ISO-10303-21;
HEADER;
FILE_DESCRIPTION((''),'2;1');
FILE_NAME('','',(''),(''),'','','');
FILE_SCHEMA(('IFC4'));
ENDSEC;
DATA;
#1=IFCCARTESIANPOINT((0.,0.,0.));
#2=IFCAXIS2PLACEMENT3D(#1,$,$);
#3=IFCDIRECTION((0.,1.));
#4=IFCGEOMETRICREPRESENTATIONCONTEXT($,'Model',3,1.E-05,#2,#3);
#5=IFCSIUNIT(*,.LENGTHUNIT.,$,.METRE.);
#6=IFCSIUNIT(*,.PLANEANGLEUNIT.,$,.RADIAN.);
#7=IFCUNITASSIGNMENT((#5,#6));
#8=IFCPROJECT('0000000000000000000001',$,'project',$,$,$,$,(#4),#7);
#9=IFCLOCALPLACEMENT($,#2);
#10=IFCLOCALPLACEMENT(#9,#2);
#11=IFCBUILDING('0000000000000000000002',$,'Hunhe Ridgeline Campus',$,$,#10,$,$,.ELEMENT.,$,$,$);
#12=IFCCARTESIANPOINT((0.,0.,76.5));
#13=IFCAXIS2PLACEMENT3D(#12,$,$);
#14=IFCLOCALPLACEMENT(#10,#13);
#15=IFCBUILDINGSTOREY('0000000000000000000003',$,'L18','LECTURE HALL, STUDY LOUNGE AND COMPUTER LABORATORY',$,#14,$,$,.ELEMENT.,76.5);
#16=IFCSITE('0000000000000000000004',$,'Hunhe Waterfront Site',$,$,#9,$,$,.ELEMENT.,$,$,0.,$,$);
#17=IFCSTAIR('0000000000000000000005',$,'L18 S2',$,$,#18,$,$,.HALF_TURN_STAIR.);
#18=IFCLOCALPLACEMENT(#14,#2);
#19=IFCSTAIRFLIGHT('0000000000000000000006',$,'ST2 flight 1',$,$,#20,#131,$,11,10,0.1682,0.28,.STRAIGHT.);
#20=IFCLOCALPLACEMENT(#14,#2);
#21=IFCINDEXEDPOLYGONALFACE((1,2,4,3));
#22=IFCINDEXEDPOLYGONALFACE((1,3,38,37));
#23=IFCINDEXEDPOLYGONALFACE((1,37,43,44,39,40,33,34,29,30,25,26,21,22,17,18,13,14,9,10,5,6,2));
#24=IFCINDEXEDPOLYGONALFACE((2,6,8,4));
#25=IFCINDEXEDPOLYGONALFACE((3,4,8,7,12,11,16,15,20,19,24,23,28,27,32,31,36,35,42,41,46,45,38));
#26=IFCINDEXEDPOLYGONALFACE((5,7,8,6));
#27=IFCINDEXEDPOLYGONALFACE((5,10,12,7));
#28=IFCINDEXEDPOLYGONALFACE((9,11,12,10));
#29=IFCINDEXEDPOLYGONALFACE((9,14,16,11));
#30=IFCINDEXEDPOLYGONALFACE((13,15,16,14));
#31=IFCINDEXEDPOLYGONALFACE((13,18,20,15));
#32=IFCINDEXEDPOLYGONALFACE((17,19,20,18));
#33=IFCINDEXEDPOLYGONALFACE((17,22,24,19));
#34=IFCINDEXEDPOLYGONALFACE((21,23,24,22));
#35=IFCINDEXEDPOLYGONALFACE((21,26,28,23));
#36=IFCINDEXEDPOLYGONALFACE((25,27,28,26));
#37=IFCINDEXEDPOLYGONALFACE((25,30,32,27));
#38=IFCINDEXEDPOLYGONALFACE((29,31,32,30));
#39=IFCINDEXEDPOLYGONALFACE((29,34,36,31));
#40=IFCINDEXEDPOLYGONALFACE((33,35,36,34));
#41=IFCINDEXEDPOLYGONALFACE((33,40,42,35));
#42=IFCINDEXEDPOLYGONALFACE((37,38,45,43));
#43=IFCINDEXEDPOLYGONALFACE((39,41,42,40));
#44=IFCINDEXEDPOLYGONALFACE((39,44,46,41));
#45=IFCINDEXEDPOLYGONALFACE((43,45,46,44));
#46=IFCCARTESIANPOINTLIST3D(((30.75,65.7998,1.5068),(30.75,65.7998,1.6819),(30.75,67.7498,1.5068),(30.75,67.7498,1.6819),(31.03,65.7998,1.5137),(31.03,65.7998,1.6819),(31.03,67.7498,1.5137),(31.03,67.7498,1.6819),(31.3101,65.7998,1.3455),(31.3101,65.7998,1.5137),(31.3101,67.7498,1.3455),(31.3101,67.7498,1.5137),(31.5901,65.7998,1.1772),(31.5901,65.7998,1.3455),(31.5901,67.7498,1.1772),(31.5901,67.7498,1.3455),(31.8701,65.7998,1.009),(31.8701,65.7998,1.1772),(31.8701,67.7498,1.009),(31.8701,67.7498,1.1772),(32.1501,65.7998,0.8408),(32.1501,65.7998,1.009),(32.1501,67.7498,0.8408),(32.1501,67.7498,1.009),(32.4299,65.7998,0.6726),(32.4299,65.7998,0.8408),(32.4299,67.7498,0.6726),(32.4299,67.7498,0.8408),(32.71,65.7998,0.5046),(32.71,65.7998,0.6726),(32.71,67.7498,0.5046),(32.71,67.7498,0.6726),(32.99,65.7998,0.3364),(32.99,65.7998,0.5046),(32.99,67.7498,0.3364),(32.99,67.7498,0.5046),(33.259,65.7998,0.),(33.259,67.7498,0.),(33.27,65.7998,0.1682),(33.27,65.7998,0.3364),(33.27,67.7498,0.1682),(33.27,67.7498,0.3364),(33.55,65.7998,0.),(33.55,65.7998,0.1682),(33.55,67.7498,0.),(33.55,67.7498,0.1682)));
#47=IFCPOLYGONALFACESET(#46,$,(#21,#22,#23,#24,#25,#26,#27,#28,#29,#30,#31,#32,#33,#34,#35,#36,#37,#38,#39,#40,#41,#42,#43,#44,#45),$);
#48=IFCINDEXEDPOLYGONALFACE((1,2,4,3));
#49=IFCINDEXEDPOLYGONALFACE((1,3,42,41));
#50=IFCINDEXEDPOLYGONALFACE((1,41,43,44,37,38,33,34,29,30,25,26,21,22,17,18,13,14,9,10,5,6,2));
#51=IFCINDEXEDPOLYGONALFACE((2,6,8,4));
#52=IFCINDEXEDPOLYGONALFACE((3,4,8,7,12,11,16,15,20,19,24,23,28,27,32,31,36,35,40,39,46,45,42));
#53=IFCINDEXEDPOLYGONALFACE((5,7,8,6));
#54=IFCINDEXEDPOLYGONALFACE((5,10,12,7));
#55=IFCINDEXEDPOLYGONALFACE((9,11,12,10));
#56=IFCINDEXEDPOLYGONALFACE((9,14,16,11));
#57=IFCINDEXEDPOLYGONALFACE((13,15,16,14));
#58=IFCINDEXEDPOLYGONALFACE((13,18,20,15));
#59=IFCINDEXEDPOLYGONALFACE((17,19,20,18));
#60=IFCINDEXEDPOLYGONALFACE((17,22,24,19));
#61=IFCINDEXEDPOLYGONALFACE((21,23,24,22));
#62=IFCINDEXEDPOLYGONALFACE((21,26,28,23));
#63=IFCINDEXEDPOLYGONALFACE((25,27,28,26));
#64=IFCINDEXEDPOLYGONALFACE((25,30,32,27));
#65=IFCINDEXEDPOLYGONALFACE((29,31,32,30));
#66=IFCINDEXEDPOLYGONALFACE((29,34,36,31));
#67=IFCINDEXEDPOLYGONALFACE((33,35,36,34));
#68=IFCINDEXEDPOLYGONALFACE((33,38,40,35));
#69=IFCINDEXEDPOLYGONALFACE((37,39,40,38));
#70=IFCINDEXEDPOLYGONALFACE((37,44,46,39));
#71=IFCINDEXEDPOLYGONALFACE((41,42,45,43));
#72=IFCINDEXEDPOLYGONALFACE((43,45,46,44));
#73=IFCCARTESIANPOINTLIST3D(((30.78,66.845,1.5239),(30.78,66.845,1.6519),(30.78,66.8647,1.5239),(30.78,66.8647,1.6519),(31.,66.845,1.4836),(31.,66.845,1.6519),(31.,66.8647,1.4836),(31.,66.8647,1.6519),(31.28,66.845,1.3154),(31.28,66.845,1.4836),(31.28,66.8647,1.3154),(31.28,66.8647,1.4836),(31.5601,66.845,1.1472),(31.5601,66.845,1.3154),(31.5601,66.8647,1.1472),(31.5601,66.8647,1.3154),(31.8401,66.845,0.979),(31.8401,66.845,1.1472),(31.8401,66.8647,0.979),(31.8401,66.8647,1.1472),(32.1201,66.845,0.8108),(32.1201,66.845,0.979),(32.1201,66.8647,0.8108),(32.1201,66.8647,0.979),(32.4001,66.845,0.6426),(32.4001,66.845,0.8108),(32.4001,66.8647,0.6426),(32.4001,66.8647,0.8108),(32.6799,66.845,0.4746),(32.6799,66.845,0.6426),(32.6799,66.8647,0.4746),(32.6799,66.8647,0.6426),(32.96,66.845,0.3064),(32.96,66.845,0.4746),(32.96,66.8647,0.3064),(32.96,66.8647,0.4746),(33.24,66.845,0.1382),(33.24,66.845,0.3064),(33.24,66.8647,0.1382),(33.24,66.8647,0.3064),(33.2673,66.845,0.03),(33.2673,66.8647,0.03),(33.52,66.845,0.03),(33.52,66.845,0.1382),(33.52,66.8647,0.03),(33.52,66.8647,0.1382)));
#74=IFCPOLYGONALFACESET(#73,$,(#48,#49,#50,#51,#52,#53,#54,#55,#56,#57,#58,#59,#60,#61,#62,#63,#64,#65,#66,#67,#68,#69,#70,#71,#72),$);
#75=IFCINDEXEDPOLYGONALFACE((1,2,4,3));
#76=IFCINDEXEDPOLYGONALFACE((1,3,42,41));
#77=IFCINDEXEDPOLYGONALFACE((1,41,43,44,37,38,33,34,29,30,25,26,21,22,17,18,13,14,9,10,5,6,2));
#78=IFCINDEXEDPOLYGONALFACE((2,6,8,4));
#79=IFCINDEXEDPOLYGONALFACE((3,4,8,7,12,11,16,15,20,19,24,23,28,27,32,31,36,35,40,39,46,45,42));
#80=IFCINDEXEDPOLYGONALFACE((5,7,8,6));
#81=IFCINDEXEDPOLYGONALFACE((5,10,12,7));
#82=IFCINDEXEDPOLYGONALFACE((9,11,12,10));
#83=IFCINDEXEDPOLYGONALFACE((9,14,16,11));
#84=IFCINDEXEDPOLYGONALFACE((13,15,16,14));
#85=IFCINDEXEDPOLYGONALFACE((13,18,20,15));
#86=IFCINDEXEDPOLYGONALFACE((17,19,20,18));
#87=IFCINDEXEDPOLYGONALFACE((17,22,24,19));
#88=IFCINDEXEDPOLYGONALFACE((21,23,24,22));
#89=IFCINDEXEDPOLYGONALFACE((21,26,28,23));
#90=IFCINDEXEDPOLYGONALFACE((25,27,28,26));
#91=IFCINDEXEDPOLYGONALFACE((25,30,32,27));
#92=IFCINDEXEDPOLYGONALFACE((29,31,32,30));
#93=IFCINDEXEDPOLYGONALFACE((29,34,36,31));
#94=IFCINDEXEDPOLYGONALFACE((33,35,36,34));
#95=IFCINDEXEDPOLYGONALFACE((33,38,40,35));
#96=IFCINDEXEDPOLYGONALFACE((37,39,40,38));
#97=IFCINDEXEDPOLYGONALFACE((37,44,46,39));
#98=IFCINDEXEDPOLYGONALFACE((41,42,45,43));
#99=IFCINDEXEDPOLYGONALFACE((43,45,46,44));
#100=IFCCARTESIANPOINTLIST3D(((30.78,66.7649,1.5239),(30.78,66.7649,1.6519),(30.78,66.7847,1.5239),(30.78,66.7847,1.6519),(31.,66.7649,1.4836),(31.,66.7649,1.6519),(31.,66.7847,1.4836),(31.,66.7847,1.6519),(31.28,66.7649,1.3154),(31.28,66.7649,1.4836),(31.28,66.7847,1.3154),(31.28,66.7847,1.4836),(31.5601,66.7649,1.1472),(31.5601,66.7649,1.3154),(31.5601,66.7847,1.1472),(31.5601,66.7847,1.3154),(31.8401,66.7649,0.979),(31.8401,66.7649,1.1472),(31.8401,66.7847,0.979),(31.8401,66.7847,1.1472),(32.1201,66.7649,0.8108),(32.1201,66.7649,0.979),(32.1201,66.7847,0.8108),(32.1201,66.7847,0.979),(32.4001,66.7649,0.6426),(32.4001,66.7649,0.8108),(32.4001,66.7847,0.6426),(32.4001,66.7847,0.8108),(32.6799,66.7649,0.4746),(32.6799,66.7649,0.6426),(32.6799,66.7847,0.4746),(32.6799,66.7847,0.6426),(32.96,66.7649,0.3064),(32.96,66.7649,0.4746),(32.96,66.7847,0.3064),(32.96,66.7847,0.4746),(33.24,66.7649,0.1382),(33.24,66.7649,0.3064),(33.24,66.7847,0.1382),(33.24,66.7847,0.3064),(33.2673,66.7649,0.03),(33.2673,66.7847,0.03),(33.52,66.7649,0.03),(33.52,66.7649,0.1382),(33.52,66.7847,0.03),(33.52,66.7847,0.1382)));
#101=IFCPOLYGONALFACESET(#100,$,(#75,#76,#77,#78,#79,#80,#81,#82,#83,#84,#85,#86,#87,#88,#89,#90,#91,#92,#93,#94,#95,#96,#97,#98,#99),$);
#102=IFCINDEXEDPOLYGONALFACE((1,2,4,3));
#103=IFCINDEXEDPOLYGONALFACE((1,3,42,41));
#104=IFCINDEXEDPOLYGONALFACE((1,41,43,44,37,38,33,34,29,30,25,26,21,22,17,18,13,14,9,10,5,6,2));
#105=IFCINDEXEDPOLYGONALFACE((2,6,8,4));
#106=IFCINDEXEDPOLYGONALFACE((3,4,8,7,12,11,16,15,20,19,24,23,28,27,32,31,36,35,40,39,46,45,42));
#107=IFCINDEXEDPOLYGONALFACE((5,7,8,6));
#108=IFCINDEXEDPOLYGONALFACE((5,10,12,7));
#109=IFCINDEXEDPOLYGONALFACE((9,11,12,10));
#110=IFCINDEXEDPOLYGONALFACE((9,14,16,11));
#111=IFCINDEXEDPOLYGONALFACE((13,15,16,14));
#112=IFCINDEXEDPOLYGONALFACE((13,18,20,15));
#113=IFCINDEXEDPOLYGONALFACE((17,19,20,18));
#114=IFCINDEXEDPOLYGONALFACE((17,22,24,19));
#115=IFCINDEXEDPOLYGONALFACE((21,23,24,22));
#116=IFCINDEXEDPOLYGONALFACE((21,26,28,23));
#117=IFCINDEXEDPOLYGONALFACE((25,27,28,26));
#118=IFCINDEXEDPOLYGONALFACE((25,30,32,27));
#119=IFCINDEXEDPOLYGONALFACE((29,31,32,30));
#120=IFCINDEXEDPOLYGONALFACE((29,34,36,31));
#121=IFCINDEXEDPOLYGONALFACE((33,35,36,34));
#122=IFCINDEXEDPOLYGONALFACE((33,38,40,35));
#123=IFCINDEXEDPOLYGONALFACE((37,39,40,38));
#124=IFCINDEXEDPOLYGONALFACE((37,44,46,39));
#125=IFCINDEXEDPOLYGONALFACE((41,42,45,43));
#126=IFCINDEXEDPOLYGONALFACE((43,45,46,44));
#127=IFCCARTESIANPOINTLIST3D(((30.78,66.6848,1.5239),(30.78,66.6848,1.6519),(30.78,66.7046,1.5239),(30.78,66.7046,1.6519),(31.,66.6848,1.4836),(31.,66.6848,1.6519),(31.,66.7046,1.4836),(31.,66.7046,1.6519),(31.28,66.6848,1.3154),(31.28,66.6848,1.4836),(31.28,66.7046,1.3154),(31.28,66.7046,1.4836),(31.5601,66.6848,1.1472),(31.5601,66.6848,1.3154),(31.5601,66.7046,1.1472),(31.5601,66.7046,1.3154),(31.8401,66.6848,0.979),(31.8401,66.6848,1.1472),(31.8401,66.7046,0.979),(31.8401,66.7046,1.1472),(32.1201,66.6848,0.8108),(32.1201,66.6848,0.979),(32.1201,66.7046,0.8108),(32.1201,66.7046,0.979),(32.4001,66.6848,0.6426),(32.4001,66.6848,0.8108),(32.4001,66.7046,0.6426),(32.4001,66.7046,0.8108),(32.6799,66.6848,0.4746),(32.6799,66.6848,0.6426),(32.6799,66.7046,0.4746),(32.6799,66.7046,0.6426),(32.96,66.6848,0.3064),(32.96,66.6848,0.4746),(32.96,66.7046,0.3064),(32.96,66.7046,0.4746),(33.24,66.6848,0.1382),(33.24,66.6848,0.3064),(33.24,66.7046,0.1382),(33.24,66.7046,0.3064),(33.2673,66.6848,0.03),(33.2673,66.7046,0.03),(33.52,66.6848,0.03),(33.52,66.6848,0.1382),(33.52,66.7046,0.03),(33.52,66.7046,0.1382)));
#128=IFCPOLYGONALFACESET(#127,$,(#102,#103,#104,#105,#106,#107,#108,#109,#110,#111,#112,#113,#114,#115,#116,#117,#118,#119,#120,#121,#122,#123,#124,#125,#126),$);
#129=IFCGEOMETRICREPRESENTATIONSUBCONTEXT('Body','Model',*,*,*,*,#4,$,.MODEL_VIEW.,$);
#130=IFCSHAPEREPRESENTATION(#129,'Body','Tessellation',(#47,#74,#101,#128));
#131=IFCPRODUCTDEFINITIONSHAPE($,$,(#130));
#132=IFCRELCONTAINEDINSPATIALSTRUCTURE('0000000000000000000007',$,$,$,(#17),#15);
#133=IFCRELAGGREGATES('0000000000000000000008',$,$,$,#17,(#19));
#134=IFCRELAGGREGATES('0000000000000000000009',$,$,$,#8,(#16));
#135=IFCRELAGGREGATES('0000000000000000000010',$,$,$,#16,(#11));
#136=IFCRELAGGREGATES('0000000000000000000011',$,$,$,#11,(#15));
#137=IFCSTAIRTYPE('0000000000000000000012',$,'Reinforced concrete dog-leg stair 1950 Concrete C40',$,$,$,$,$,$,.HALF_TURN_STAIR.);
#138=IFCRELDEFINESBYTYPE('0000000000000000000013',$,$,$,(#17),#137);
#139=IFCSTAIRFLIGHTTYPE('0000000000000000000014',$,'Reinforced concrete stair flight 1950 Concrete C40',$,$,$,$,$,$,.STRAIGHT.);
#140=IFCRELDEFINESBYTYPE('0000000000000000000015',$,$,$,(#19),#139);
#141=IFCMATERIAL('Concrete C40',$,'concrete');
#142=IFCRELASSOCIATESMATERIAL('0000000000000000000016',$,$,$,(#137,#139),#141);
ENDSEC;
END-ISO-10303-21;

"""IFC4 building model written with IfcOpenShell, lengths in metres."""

from ifc_helpers import new_model, si_unit, direction, frame, origin, place, context, subcontext, project, spatial, polyline, outline, extrude, material, type_object, element, aggregate, save


model = new_model("IFC4")

# Units and contexts
model_context = context("Model", 3, precision=1e-05, world=origin(), true_north=direction((0.0, 1.0)))
body_context = subcontext(model_context, "Body", "Model", "MODEL_VIEW")
ifc_project = project(units=[si_unit("LENGTHUNIT", "METRE"), si_unit("PLANEANGLEUNIT", "RADIAN")], contexts=[model_context])

# Site, building, storey
site_placement = place(None, origin())
site = spatial("IfcSite", under=ifc_project, at=site_placement, Name="Hunhe Waterfront Site", CompositionType="ELEMENT", RefElevation=0.0)
building_placement = place(site_placement, origin())
building = spatial("IfcBuilding", under=site, at=building_placement, Name="Hunhe Ridgeline Campus", CompositionType="ELEMENT")
storey_placement = place(building_placement, frame((0.0, 0.0, 76.5)))
storey = spatial("IfcBuildingStorey", under=building, at=storey_placement, Name="L18", Description="LECTURE HALL, STUDY LOUNGE AND COMPUTER LABORATORY", CompositionType="ELEMENT", Elevation=76.5)

# Stair, stair flight
ifc_material_1 = material(Name="Concrete C40", Category="concrete")
stair_type = type_object("IfcStairType", Name="Reinforced concrete dog-leg stair 1950 Concrete C40", PredefinedType="HALF_TURN_STAIR", material=ifc_material_1)
stair_placement = place(storey_placement, origin())
stair = element("IfcStair", 1, at=stair_placement, inside=storey, type_object=stair_type, Name="L18 S2", PredefinedType="HALF_TURN_STAIR")
stair_flight_type = type_object("IfcStairFlightType", Name="Reinforced concrete stair flight 1950 Concrete C40", PredefinedType="STRAIGHT", material=ifc_material_1)
stair_flight_1_placement = place(storey_placement, frame((33.55, 66.7749, 0.0), z_axis=(0.0, 0.0, 1.0), x_axis=(-1.0, 0.0, 0.0)))
stair_flight_1 = element("IfcStairFlight", 2, at=stair_flight_1_placement, type_object=stair_flight_type, Name="ST2 flight 1", NumberOfRisers=11, NumberOfTreads=10, PredefinedType="STRAIGHT", RiserHeight=0.1682, TreadLength=0.28, context=body_context, shape_type="SweptSolid", body=[
    extrude(outline(polyline([(0.0, 0.0), (0.0, 0.1682), (0.28, 0.1682), (0.28, 0.3364), (0.5601, 0.3364), (0.5601, 0.5046), (0.8401, 0.5046), (0.8401, 0.6726), (1.1201, 0.6726), (1.1201, 0.8408), (1.3999, 0.8408), (1.3999, 1.009), (1.6799, 1.009), (1.6799, 1.1772), (1.96, 1.1772), (1.96, 1.3455), (2.24, 1.3455), (2.24, 1.5137), (2.52, 1.5137), (2.52, 1.6819), (2.8, 1.6819), (2.8, 1.8501), (2.8, 1.5068), (0.291, 0.0), (0.0, 0.0)])), frame((0.0, 0.9751, 0.0), z_axis=(0.0, -1.0, 0.0), x_axis=(1.0, 0.0, 0.0)), (0.0, 0.0, 1.0), 1.95),
    extrude(outline(polyline([(0.03, 0.03), (0.03, 0.1382), (0.3101, 0.1382), (0.3101, 0.3064), (0.5901, 0.3064), (0.5901, 0.4746), (0.8701, 0.4746), (0.8701, 0.6426), (1.1499, 0.6426), (1.1499, 0.8108), (1.4299, 0.8108), (1.4299, 0.979), (1.71, 0.979), (1.71, 1.1472), (1.99, 1.1472), (1.99, 1.3154), (2.27, 1.3154), (2.27, 1.4836), (2.55, 1.4836), (2.55, 1.6519), (2.77, 1.6519), (2.77, 1.5239), (0.2827, 0.03), (0.03, 0.03)])), frame((0.0, -0.0701, 0.0), z_axis=(0.0, -1.0, 0.0), x_axis=(1.0, 0.0, 0.0)), (0.0, 0.0, 1.0), 0.0198),
    extrude(outline(polyline([(0.03, 0.03), (0.03, 0.1382), (0.3101, 0.1382), (0.3101, 0.3064), (0.5901, 0.3064), (0.5901, 0.4746), (0.8701, 0.4746), (0.8701, 0.6426), (1.1499, 0.6426), (1.1499, 0.8108), (1.4299, 0.8108), (1.4299, 0.979), (1.71, 0.979), (1.71, 1.1472), (1.99, 1.1472), (1.99, 1.3154), (2.27, 1.3154), (2.27, 1.4836), (2.55, 1.4836), (2.55, 1.6519), (2.77, 1.6519), (2.77, 1.5239), (0.2827, 0.03), (0.03, 0.03)])), frame((0.0, 0.01, 0.0), z_axis=(0.0, -1.0, 0.0), x_axis=(1.0, 0.0, 0.0)), (0.0, 0.0, 1.0), 0.0198),
    extrude(outline(polyline([(0.03, 0.03), (0.03, 0.1382), (0.3101, 0.1382), (0.3101, 0.3064), (0.5901, 0.3064), (0.5901, 0.4746), (0.8701, 0.4746), (0.8701, 0.6426), (1.1499, 0.6426), (1.1499, 0.8108), (1.4299, 0.8108), (1.4299, 0.979), (1.71, 0.979), (1.71, 1.1472), (1.99, 1.1472), (1.99, 1.3154), (2.27, 1.3154), (2.27, 1.4836), (2.55, 1.4836), (2.55, 1.6519), (2.77, 1.6519), (2.77, 1.5239), (0.2827, 0.03), (0.03, 0.03)])), frame((0.0, 0.0901, 0.0), z_axis=(0.0, -1.0, 0.0), x_axis=(1.0, 0.0, 0.0)), (0.0, 0.0, 1.0), 0.0198),
])
aggregate(stair, [stair_flight_1])

save(model, "model.ifc")
